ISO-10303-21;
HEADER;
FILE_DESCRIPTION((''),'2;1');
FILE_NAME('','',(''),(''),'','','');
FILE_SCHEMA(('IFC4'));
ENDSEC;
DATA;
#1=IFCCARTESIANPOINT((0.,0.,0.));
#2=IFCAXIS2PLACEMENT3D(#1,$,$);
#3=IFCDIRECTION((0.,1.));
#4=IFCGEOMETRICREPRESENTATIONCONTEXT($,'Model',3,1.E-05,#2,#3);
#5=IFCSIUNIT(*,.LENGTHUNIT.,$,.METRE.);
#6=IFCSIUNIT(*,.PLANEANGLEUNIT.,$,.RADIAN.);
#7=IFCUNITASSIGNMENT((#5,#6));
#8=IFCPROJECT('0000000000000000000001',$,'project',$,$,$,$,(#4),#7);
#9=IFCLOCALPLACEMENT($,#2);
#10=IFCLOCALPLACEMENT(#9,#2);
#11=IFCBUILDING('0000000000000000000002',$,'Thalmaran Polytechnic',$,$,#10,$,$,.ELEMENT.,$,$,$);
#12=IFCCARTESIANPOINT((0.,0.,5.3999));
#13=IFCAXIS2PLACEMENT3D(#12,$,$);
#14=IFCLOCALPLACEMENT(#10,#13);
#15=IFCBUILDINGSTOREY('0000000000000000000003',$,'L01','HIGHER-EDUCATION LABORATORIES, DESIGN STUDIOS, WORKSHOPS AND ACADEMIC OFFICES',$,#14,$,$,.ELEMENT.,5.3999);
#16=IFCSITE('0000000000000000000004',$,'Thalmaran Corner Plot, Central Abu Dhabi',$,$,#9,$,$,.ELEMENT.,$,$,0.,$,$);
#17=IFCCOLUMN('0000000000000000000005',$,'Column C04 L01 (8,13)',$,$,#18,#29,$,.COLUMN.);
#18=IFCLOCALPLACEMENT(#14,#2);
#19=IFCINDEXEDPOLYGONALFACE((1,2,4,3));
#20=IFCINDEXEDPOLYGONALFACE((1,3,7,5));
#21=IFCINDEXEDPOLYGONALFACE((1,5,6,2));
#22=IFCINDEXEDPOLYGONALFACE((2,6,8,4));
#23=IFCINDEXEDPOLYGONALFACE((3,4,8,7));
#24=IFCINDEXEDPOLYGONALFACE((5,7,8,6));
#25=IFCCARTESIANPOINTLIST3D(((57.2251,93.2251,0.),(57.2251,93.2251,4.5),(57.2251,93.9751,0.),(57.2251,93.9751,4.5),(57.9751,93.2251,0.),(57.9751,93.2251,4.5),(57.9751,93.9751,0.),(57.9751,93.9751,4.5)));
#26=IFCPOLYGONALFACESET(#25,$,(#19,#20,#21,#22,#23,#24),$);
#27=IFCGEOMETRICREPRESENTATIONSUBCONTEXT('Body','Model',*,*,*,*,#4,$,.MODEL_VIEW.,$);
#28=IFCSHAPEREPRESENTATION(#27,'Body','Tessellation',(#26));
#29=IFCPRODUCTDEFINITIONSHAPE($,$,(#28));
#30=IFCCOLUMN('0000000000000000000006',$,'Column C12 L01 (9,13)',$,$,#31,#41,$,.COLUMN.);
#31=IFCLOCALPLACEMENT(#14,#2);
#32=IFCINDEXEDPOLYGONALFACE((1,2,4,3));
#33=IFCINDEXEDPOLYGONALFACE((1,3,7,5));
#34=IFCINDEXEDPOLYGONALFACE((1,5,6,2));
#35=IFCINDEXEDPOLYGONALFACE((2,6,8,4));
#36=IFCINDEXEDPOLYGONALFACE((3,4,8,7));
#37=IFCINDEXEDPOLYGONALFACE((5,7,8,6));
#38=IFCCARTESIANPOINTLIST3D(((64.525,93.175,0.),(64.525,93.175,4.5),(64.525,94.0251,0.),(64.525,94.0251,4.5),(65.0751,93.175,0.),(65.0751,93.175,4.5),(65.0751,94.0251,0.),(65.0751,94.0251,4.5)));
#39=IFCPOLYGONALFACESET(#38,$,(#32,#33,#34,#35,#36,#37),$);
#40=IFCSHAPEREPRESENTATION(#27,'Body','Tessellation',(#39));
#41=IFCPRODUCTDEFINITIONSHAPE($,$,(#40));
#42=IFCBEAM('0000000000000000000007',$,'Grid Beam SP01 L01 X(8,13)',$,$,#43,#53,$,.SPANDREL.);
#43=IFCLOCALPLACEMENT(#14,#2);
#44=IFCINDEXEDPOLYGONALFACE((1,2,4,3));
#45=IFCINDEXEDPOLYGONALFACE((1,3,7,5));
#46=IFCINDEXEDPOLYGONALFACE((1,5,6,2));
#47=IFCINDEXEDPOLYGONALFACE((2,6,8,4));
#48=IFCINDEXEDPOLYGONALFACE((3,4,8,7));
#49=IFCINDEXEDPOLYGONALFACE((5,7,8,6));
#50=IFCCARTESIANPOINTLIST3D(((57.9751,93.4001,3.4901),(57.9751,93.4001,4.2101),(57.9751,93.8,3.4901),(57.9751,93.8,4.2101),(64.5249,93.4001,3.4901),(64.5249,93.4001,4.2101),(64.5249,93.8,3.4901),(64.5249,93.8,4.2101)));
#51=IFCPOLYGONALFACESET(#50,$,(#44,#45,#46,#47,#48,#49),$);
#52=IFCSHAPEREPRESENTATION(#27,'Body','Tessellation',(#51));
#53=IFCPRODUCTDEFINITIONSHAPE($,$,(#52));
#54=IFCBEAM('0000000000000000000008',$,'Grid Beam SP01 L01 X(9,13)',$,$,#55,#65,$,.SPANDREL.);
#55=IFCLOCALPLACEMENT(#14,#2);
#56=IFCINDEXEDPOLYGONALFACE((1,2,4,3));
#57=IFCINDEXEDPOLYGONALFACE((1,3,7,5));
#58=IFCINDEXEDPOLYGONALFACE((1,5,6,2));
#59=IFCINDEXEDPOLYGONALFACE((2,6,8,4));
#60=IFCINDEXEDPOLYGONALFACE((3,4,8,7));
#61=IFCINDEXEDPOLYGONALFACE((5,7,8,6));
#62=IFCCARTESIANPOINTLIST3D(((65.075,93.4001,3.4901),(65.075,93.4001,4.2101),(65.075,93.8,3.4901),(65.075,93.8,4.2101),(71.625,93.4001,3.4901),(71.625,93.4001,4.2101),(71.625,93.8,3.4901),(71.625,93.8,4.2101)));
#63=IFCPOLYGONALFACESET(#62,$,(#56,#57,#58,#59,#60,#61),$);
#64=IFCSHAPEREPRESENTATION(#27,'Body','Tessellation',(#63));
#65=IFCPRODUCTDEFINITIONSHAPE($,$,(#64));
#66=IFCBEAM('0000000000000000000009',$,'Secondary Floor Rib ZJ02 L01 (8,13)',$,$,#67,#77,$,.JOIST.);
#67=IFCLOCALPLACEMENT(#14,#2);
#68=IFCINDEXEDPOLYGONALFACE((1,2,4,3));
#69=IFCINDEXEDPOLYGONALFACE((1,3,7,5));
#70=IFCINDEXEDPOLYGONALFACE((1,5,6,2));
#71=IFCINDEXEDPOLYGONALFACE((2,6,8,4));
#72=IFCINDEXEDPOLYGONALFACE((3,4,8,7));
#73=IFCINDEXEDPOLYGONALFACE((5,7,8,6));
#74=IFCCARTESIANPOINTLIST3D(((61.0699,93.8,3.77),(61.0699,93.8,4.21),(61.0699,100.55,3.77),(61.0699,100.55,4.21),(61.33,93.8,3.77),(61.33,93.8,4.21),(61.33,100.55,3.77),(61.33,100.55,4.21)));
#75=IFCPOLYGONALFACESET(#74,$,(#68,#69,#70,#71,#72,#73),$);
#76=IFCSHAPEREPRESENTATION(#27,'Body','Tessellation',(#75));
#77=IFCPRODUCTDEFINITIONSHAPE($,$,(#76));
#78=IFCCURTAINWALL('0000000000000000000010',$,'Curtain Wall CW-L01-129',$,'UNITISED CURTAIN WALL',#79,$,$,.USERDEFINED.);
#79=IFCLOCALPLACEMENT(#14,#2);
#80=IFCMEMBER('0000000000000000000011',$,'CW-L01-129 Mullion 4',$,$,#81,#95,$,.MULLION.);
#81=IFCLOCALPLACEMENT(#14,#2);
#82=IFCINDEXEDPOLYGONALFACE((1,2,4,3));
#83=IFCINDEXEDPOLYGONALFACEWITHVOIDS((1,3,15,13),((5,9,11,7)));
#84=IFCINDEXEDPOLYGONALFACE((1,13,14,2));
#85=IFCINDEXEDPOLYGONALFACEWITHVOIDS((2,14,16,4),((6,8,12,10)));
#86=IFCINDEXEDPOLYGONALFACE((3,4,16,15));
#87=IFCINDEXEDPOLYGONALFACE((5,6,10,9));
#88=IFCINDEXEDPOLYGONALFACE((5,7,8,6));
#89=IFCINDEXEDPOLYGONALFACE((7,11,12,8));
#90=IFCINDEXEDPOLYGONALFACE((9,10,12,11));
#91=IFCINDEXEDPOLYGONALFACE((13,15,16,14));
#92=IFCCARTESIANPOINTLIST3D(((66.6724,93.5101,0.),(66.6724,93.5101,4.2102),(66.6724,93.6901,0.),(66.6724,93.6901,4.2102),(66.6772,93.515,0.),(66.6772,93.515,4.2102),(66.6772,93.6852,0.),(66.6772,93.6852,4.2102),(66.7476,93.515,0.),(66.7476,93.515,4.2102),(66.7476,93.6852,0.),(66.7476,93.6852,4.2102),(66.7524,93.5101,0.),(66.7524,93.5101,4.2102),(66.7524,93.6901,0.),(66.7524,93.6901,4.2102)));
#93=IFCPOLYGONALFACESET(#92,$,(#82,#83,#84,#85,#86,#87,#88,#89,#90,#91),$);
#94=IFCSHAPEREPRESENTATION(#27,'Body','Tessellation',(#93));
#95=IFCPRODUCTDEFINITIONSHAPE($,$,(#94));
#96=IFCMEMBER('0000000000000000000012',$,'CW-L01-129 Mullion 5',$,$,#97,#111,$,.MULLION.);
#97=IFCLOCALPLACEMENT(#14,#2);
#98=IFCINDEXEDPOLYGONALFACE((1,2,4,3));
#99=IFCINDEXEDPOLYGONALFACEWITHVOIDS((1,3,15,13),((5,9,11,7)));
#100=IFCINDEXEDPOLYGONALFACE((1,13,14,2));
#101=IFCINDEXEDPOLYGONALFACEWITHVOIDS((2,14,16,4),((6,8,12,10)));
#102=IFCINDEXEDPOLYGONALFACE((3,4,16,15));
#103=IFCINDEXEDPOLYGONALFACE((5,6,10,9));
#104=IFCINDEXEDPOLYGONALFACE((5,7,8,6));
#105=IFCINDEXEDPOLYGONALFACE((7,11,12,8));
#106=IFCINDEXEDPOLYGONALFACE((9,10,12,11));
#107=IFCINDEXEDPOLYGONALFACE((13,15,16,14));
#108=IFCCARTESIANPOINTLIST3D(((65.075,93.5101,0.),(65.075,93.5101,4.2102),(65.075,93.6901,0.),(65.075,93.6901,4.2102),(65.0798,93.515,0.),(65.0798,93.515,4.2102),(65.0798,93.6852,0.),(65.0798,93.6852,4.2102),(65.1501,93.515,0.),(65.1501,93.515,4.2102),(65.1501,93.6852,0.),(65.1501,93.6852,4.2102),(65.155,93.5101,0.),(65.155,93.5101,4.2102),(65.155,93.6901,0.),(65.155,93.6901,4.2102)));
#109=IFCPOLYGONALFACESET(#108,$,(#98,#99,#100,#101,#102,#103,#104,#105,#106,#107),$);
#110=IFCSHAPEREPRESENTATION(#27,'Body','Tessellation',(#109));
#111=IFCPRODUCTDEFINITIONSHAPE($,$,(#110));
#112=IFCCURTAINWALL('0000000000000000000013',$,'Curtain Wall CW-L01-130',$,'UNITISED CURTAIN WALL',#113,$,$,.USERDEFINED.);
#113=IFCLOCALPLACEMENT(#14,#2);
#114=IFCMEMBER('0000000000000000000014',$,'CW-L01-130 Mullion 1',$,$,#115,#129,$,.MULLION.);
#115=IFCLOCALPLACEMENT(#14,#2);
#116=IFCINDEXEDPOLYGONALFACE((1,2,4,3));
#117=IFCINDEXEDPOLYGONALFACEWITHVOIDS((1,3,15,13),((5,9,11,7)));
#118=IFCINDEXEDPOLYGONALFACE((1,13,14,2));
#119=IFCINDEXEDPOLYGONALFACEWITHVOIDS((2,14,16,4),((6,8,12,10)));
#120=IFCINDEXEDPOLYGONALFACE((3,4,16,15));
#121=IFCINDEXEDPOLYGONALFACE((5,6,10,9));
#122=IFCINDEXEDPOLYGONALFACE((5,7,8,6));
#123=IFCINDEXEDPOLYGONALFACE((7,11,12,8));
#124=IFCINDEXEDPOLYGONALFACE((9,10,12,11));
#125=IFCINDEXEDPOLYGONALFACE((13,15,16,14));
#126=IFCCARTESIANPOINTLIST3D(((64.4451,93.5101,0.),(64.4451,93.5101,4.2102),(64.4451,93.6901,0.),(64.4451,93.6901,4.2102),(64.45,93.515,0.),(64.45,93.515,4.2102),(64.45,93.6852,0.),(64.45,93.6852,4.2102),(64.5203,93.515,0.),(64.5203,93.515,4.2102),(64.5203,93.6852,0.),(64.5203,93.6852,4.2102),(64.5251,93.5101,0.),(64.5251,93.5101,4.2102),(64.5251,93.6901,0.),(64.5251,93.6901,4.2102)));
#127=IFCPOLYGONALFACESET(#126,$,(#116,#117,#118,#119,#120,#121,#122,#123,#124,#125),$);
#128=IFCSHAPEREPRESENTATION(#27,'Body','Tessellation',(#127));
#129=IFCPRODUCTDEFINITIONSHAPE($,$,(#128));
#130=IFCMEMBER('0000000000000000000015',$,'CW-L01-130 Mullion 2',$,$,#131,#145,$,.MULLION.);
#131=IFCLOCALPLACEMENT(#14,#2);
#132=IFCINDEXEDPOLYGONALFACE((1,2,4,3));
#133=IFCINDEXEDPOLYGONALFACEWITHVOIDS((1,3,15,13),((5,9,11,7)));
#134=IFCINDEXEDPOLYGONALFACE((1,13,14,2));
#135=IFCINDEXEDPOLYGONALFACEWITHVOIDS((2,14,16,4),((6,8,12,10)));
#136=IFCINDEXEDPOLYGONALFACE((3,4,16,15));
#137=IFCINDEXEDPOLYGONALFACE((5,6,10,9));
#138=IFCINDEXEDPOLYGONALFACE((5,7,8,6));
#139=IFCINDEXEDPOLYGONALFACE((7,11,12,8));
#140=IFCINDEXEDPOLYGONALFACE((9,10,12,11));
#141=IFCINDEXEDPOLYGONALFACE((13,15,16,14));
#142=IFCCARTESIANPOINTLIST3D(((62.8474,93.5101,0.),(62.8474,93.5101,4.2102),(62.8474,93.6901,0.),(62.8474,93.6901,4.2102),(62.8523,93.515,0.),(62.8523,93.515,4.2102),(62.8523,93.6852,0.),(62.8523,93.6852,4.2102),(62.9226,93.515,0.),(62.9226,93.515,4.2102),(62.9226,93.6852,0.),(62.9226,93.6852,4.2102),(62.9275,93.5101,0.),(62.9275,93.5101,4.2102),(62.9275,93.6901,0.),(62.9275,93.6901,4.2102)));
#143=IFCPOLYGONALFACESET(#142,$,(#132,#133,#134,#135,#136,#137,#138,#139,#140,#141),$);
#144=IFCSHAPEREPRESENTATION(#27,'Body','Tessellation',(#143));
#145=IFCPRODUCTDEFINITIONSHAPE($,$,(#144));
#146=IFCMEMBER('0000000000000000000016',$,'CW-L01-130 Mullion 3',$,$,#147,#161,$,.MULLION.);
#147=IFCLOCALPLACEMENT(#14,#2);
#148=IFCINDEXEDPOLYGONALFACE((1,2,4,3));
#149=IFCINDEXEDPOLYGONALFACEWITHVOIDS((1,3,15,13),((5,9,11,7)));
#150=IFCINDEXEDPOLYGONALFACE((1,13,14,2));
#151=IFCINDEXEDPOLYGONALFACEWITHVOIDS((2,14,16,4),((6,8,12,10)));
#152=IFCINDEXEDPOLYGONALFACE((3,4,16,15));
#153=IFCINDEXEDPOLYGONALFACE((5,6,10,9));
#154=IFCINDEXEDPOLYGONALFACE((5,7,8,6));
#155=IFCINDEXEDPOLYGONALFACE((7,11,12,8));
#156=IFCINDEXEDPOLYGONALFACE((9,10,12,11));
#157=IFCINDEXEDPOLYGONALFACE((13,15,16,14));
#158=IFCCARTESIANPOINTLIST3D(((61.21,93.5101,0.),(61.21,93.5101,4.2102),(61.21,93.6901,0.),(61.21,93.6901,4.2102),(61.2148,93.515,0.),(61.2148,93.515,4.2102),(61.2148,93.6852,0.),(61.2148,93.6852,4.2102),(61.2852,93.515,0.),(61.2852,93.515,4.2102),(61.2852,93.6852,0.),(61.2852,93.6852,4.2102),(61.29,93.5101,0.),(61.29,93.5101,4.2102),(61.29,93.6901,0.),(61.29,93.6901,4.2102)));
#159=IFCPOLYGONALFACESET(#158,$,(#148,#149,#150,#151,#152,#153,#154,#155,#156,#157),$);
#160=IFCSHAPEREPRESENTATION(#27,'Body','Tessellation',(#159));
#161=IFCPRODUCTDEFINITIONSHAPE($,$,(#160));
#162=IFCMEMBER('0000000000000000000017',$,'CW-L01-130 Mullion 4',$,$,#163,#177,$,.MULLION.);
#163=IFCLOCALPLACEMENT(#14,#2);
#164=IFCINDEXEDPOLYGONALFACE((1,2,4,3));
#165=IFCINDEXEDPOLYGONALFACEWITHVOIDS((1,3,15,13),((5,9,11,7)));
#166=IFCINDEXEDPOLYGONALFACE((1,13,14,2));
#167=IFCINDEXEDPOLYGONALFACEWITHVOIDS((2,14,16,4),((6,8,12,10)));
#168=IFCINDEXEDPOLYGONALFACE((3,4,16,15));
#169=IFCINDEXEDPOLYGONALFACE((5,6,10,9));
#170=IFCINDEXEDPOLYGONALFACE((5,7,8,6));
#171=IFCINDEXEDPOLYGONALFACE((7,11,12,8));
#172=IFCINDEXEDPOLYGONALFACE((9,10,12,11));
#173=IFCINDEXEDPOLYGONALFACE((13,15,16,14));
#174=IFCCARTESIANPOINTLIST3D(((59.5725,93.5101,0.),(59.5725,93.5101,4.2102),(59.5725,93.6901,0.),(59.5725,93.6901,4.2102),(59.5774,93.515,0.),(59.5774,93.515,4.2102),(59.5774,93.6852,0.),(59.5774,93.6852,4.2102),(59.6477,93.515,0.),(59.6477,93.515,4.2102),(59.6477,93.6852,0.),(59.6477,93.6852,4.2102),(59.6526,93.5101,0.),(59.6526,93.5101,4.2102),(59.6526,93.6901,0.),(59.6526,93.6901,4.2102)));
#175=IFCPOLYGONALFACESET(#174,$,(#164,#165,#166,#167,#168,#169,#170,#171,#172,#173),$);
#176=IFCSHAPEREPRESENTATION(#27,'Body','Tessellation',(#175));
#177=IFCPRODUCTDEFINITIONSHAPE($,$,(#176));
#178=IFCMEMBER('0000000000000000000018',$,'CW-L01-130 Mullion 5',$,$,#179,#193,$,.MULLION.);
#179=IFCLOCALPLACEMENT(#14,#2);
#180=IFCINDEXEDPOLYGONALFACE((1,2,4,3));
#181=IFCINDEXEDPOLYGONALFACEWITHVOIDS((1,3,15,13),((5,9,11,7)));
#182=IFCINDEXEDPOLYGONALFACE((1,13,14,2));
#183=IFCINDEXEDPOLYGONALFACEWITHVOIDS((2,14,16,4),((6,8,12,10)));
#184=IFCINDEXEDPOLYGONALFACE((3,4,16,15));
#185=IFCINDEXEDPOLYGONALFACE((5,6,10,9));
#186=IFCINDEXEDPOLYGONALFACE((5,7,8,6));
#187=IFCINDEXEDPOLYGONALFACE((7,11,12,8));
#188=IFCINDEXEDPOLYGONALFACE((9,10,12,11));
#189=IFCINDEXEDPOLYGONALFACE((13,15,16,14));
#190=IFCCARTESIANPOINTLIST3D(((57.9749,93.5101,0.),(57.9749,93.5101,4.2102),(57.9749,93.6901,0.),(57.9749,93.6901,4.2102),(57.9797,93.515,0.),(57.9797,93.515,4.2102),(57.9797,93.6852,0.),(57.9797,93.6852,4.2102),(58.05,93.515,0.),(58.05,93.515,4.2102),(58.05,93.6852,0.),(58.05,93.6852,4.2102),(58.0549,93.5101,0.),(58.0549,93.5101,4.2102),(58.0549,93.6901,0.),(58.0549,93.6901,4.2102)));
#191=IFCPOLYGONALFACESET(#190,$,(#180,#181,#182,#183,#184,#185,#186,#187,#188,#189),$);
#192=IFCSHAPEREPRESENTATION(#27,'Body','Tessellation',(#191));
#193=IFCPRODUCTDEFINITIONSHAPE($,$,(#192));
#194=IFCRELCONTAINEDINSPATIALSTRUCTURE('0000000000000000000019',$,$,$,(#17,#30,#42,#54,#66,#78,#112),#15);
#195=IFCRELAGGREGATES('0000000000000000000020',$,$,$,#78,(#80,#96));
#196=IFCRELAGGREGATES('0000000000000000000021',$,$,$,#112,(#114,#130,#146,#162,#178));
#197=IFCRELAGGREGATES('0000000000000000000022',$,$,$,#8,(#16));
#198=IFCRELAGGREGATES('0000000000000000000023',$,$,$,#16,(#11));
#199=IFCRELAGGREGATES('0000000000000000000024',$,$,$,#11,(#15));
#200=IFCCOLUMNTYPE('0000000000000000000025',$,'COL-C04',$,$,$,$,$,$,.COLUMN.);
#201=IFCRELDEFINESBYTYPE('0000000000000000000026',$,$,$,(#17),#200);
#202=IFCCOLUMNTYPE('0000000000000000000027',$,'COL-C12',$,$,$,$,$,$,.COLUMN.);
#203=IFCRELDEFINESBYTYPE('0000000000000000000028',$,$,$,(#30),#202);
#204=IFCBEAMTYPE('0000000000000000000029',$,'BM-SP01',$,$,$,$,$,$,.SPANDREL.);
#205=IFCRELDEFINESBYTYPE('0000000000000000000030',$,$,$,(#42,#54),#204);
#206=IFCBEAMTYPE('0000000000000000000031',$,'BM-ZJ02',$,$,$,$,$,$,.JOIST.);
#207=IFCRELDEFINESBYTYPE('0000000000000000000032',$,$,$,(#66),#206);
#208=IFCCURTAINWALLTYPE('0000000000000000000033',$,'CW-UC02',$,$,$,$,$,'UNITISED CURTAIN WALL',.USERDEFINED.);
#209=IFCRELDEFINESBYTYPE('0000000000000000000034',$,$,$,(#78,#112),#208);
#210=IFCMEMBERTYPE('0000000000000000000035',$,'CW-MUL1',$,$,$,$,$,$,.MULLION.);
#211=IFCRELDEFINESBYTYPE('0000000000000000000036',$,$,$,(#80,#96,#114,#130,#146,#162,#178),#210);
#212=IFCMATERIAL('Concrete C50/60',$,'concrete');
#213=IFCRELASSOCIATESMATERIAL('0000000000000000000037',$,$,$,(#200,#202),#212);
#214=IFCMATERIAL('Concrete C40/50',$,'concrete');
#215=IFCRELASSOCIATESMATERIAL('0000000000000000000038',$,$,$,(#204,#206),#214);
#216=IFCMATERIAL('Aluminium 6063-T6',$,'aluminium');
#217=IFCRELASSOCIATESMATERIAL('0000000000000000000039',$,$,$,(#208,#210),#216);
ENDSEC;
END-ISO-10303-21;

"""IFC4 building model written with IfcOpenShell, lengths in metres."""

from ifc_helpers import new_model, si_unit, direction, frame, origin, origin_2d, place, context, subcontext, project, spatial, rectangle, hollow_rectangle, extrude, material, material_profile, profile_set, type_object, element, aggregate, save


model = new_model("IFC4")

# Units and contexts
model_context = context("Model", 3, precision=1e-05, world=origin(), true_north=direction((0.0, 1.0)))
body_context = subcontext(model_context, "Body", "Model", "MODEL_VIEW")
ifc_project = project(units=[si_unit("LENGTHUNIT", "METRE"), si_unit("PLANEANGLEUNIT", "RADIAN")], contexts=[model_context])

# Site, building, storey
site_placement = place(None, origin())
site = spatial("IfcSite", under=ifc_project, at=site_placement, Name="Thalmaran Corner Plot, Central Abu Dhabi", CompositionType="ELEMENT", RefElevation=0.0)
building_placement = place(site_placement, origin())
building = spatial("IfcBuilding", under=site, at=building_placement, Name="Thalmaran Polytechnic", CompositionType="ELEMENT")
storey_placement = place(building_placement, frame((0.0, 0.0, 5.3999)))
storey = spatial("IfcBuildingStorey", under=building, at=storey_placement, Name="L01", Description="HIGHER-EDUCATION LABORATORIES, DESIGN STUDIOS, WORKSHOPS AND ACADEMIC OFFICES", CompositionType="ELEMENT", Elevation=5.3999)

# Columns
ifc_material_1 = material(Name="Concrete C50/60", Category="concrete")
ifc_material_profile_1 = material_profile(ifc_material_1, rectangle(XDim=0.75, YDim=0.75, at=origin_2d()), Name="RC 750x750")
ifc_profile_set_1 = profile_set([ifc_material_profile_1], Name="Concrete C50/60")
column_type_1 = type_object("IfcColumnType", Name="COL-C04", PredefinedType="COLUMN", material=ifc_profile_set_1)
column_1_placement = place(storey_placement, frame((57.6001, 93.6001, 0.0), z_axis=(0.0, 0.0, 1.0), x_axis=(1.0, 0.0, 0.0)))
element("IfcColumn", 1, at=column_1_placement, inside=storey, type_object=column_type_1, Name="Column C04 L01 (8,13)", PredefinedType="COLUMN", context=body_context, shape_type="SweptSolid", body=[
    extrude(rectangle(XDim=0.75, YDim=0.75, at=origin_2d()), origin(), (0.0, 0.0, 1.0), 4.5),
])
ifc_material_profile_2 = material_profile(ifc_material_1, rectangle(XDim=0.55, YDim=0.8501, at=origin_2d()), Name="RC 550x850")
ifc_profile_set_2 = profile_set([ifc_material_profile_2], Name="Concrete C50/60")
column_type_2 = type_object("IfcColumnType", Name="COL-C12", PredefinedType="COLUMN", material=ifc_profile_set_2)
column_2_placement = place(storey_placement, frame((64.8, 93.6001, 0.0), z_axis=(0.0, 0.0, 1.0), x_axis=(1.0, 0.0, 0.0)))
element("IfcColumn", 2, at=column_2_placement, inside=storey, type_object=column_type_2, Name="Column C12 L01 (9,13)", PredefinedType="COLUMN", context=body_context, shape_type="SweptSolid", body=[
    extrude(rectangle(XDim=0.55, YDim=0.8501, at=origin_2d()), origin(), (0.0, 0.0, 1.0), 4.5),
])

# Beams
ifc_material_2 = material(Name="Concrete C40/50", Category="concrete")
ifc_material_profile_3 = material_profile(ifc_material_2, rectangle(XDim=0.3999, YDim=0.72, at=origin_2d()), Name="RC 400x720")
ifc_profile_set_3 = profile_set([ifc_material_profile_3], Name="Concrete C40/50")
beam_type_1 = type_object("IfcBeamType", Name="BM-SP01", PredefinedType="SPANDREL", material=ifc_profile_set_3)
beam_1_placement = place(storey_placement, frame((57.9751, 93.6001, 3.8501), z_axis=(1.0, 0.0, 0.0), x_axis=(0.0, 1.0, 0.0)))
element("IfcBeam", 3, at=beam_1_placement, inside=storey, type_object=beam_type_1, Name="Grid Beam SP01 L01 X(8,13)", PredefinedType="SPANDREL", context=body_context, shape_type="SweptSolid", body=[
    extrude(rectangle(XDim=0.3999, YDim=0.72, at=origin_2d()), origin(), (0.0, 0.0, 1.0), 6.5498),
])
beam_2_placement = place(storey_placement, frame((65.075, 93.6001, 3.8501), z_axis=(1.0, 0.0, 0.0), x_axis=(0.0, 1.0, 0.0)))
element("IfcBeam", 4, at=beam_2_placement, inside=storey, type_object=beam_type_1, Name="Grid Beam SP01 L01 X(9,13)", PredefinedType="SPANDREL", context=body_context, shape_type="SweptSolid", body=[
    extrude(rectangle(XDim=0.3999, YDim=0.72, at=origin_2d()), origin(), (0.0, 0.0, 1.0), 6.55),
])
ifc_material_profile_4 = material_profile(ifc_material_2, rectangle(XDim=0.26, YDim=0.4399, at=origin_2d()), Name="RC 260x440")
ifc_profile_set_4 = profile_set([ifc_material_profile_4], Name="Concrete C40/50")
beam_type_2 = type_object("IfcBeamType", Name="BM-ZJ02", PredefinedType="JOIST", material=ifc_profile_set_4)
beam_3_placement = place(storey_placement, frame((61.2, 93.8, 3.99), z_axis=(0.0, 1.0, 0.0), x_axis=(-1.0, 0.0, 0.0)))
element("IfcBeam", 5, at=beam_3_placement, inside=storey, type_object=beam_type_2, Name="Secondary Floor Rib ZJ02 L01 (8,13)", PredefinedType="JOIST", context=body_context, shape_type="SweptSolid", body=[
    extrude(rectangle(XDim=0.26, YDim=0.4399, at=origin_2d()), origin(), (0.0, 0.0, 1.0), 6.75),
])

# Curtain walls, members
ifc_material_3 = material(Name="Aluminium 6063-T6", Category="aluminium")
curtain_wall_type = type_object("IfcCurtainWallType", Name="CW-UC02", ElementType="UNITISED CURTAIN WALL", PredefinedType="USERDEFINED", material=ifc_material_3)
curtain_wall_1_placement = place(storey_placement, origin())
curtain_wall_1 = element("IfcCurtainWall", 6, at=curtain_wall_1_placement, inside=storey, type_object=curtain_wall_type, Name="Curtain Wall CW-L01-129", ObjectType="UNITISED CURTAIN WALL", PredefinedType="USERDEFINED")
ifc_material_profile_5 = material_profile(ifc_material_3, hollow_rectangle(XDim=0.0801, YDim=0.1799, WallThickness=0.0049, at=origin_2d()), Name="RHS 180x80x5.0")
ifc_profile_set_5 = profile_set([ifc_material_profile_5], Name="Aluminium 6063-T6")
member_type_1 = type_object("IfcMemberType", Name="CW-MUL1", PredefinedType="MULLION", material=ifc_profile_set_5)
member_1_placement = place(storey_placement, frame((66.7124, 93.6001, 0.0), z_axis=(0.0, 0.0, 1.0), x_axis=(1.0, 0.0, 0.0)))
member_1 = element("IfcMember", 7, at=member_1_placement, type_object=member_type_1, Name="CW-L01-129 Mullion 4", PredefinedType="MULLION", context=body_context, shape_type="SweptSolid", body=[
    extrude(hollow_rectangle(XDim=0.0801, YDim=0.1799, WallThickness=0.0049, at=origin_2d()), origin(), (0.0, 0.0, 1.0), 4.2102),
])
member_2_placement = place(storey_placement, frame((65.115, 93.6001, 0.0), z_axis=(0.0, 0.0, 1.0), x_axis=(1.0, 0.0, 0.0)))
member_2 = element("IfcMember", 8, at=member_2_placement, type_object=member_type_1, Name="CW-L01-129 Mullion 5", PredefinedType="MULLION", context=body_context, shape_type="SweptSolid", body=[
    extrude(hollow_rectangle(XDim=0.0801, YDim=0.1799, WallThickness=0.0049, at=origin_2d()), origin(), (0.0, 0.0, 1.0), 4.2102),
])
curtain_wall_2_placement = place(storey_placement, origin())
curtain_wall_2 = element("IfcCurtainWall", 9, at=curtain_wall_2_placement, inside=storey, type_object=curtain_wall_type, Name="Curtain Wall CW-L01-130", ObjectType="UNITISED CURTAIN WALL", PredefinedType="USERDEFINED")
member_3_placement = place(storey_placement, frame((64.4851, 93.6001, 0.0), z_axis=(0.0, 0.0, 1.0), x_axis=(1.0, 0.0, 0.0)))
member_3 = element("IfcMember", 10, at=member_3_placement, type_object=member_type_1, Name="CW-L01-130 Mullion 1", PredefinedType="MULLION", context=body_context, shape_type="SweptSolid", body=[
    extrude(hollow_rectangle(XDim=0.0801, YDim=0.1799, WallThickness=0.0049, at=origin_2d()), origin(), (0.0, 0.0, 1.0), 4.2102),
])
member_4_placement = place(storey_placement, frame((62.8875, 93.6001, 0.0), z_axis=(0.0, 0.0, 1.0), x_axis=(1.0, 0.0, 0.0)))
member_4 = element("IfcMember", 11, at=member_4_placement, type_object=member_type_1, Name="CW-L01-130 Mullion 2", PredefinedType="MULLION", context=body_context, shape_type="SweptSolid", body=[
    extrude(hollow_rectangle(XDim=0.0801, YDim=0.1799, WallThickness=0.0049, at=origin_2d()), origin(), (0.0, 0.0, 1.0), 4.2102),
])
member_5_placement = place(storey_placement, frame((61.25, 93.6001, 0.0), z_axis=(0.0, 0.0, 1.0), x_axis=(1.0, 0.0, 0.0)))
member_5 = element("IfcMember", 12, at=member_5_placement, type_object=member_type_1, Name="CW-L01-130 Mullion 3", PredefinedType="MULLION", context=body_context, shape_type="SweptSolid", body=[
    extrude(hollow_rectangle(XDim=0.0801, YDim=0.1799, WallThickness=0.0049, at=origin_2d()), origin(), (0.0, 0.0, 1.0), 4.2102),
])
member_6_placement = place(storey_placement, frame((59.6125, 93.6001, 0.0), z_axis=(0.0, 0.0, 1.0), x_axis=(1.0, 0.0, 0.0)))
member_6 = element("IfcMember", 13, at=member_6_placement, type_object=member_type_1, Name="CW-L01-130 Mullion 4", PredefinedType="MULLION", context=body_context, shape_type="SweptSolid", body=[
    extrude(hollow_rectangle(XDim=0.0801, YDim=0.1799, WallThickness=0.0049, at=origin_2d()), origin(), (0.0, 0.0, 1.0), 4.2102),
])
member_7_placement = place(storey_placement, frame((58.0149, 93.6001, 0.0), z_axis=(0.0, 0.0, 1.0), x_axis=(1.0, 0.0, 0.0)))
member_7 = element("IfcMember", 14, at=member_7_placement, type_object=member_type_1, Name="CW-L01-130 Mullion 5", PredefinedType="MULLION", context=body_context, shape_type="SweptSolid", body=[
    extrude(hollow_rectangle(XDim=0.0801, YDim=0.1799, WallThickness=0.0049, at=origin_2d()), origin(), (0.0, 0.0, 1.0), 4.2102),
])

aggregate(curtain_wall_1, [member_1, member_2])
aggregate(curtain_wall_2, [member_3, member_4, member_5, member_6, member_7])

save(model, "model.ifc")
